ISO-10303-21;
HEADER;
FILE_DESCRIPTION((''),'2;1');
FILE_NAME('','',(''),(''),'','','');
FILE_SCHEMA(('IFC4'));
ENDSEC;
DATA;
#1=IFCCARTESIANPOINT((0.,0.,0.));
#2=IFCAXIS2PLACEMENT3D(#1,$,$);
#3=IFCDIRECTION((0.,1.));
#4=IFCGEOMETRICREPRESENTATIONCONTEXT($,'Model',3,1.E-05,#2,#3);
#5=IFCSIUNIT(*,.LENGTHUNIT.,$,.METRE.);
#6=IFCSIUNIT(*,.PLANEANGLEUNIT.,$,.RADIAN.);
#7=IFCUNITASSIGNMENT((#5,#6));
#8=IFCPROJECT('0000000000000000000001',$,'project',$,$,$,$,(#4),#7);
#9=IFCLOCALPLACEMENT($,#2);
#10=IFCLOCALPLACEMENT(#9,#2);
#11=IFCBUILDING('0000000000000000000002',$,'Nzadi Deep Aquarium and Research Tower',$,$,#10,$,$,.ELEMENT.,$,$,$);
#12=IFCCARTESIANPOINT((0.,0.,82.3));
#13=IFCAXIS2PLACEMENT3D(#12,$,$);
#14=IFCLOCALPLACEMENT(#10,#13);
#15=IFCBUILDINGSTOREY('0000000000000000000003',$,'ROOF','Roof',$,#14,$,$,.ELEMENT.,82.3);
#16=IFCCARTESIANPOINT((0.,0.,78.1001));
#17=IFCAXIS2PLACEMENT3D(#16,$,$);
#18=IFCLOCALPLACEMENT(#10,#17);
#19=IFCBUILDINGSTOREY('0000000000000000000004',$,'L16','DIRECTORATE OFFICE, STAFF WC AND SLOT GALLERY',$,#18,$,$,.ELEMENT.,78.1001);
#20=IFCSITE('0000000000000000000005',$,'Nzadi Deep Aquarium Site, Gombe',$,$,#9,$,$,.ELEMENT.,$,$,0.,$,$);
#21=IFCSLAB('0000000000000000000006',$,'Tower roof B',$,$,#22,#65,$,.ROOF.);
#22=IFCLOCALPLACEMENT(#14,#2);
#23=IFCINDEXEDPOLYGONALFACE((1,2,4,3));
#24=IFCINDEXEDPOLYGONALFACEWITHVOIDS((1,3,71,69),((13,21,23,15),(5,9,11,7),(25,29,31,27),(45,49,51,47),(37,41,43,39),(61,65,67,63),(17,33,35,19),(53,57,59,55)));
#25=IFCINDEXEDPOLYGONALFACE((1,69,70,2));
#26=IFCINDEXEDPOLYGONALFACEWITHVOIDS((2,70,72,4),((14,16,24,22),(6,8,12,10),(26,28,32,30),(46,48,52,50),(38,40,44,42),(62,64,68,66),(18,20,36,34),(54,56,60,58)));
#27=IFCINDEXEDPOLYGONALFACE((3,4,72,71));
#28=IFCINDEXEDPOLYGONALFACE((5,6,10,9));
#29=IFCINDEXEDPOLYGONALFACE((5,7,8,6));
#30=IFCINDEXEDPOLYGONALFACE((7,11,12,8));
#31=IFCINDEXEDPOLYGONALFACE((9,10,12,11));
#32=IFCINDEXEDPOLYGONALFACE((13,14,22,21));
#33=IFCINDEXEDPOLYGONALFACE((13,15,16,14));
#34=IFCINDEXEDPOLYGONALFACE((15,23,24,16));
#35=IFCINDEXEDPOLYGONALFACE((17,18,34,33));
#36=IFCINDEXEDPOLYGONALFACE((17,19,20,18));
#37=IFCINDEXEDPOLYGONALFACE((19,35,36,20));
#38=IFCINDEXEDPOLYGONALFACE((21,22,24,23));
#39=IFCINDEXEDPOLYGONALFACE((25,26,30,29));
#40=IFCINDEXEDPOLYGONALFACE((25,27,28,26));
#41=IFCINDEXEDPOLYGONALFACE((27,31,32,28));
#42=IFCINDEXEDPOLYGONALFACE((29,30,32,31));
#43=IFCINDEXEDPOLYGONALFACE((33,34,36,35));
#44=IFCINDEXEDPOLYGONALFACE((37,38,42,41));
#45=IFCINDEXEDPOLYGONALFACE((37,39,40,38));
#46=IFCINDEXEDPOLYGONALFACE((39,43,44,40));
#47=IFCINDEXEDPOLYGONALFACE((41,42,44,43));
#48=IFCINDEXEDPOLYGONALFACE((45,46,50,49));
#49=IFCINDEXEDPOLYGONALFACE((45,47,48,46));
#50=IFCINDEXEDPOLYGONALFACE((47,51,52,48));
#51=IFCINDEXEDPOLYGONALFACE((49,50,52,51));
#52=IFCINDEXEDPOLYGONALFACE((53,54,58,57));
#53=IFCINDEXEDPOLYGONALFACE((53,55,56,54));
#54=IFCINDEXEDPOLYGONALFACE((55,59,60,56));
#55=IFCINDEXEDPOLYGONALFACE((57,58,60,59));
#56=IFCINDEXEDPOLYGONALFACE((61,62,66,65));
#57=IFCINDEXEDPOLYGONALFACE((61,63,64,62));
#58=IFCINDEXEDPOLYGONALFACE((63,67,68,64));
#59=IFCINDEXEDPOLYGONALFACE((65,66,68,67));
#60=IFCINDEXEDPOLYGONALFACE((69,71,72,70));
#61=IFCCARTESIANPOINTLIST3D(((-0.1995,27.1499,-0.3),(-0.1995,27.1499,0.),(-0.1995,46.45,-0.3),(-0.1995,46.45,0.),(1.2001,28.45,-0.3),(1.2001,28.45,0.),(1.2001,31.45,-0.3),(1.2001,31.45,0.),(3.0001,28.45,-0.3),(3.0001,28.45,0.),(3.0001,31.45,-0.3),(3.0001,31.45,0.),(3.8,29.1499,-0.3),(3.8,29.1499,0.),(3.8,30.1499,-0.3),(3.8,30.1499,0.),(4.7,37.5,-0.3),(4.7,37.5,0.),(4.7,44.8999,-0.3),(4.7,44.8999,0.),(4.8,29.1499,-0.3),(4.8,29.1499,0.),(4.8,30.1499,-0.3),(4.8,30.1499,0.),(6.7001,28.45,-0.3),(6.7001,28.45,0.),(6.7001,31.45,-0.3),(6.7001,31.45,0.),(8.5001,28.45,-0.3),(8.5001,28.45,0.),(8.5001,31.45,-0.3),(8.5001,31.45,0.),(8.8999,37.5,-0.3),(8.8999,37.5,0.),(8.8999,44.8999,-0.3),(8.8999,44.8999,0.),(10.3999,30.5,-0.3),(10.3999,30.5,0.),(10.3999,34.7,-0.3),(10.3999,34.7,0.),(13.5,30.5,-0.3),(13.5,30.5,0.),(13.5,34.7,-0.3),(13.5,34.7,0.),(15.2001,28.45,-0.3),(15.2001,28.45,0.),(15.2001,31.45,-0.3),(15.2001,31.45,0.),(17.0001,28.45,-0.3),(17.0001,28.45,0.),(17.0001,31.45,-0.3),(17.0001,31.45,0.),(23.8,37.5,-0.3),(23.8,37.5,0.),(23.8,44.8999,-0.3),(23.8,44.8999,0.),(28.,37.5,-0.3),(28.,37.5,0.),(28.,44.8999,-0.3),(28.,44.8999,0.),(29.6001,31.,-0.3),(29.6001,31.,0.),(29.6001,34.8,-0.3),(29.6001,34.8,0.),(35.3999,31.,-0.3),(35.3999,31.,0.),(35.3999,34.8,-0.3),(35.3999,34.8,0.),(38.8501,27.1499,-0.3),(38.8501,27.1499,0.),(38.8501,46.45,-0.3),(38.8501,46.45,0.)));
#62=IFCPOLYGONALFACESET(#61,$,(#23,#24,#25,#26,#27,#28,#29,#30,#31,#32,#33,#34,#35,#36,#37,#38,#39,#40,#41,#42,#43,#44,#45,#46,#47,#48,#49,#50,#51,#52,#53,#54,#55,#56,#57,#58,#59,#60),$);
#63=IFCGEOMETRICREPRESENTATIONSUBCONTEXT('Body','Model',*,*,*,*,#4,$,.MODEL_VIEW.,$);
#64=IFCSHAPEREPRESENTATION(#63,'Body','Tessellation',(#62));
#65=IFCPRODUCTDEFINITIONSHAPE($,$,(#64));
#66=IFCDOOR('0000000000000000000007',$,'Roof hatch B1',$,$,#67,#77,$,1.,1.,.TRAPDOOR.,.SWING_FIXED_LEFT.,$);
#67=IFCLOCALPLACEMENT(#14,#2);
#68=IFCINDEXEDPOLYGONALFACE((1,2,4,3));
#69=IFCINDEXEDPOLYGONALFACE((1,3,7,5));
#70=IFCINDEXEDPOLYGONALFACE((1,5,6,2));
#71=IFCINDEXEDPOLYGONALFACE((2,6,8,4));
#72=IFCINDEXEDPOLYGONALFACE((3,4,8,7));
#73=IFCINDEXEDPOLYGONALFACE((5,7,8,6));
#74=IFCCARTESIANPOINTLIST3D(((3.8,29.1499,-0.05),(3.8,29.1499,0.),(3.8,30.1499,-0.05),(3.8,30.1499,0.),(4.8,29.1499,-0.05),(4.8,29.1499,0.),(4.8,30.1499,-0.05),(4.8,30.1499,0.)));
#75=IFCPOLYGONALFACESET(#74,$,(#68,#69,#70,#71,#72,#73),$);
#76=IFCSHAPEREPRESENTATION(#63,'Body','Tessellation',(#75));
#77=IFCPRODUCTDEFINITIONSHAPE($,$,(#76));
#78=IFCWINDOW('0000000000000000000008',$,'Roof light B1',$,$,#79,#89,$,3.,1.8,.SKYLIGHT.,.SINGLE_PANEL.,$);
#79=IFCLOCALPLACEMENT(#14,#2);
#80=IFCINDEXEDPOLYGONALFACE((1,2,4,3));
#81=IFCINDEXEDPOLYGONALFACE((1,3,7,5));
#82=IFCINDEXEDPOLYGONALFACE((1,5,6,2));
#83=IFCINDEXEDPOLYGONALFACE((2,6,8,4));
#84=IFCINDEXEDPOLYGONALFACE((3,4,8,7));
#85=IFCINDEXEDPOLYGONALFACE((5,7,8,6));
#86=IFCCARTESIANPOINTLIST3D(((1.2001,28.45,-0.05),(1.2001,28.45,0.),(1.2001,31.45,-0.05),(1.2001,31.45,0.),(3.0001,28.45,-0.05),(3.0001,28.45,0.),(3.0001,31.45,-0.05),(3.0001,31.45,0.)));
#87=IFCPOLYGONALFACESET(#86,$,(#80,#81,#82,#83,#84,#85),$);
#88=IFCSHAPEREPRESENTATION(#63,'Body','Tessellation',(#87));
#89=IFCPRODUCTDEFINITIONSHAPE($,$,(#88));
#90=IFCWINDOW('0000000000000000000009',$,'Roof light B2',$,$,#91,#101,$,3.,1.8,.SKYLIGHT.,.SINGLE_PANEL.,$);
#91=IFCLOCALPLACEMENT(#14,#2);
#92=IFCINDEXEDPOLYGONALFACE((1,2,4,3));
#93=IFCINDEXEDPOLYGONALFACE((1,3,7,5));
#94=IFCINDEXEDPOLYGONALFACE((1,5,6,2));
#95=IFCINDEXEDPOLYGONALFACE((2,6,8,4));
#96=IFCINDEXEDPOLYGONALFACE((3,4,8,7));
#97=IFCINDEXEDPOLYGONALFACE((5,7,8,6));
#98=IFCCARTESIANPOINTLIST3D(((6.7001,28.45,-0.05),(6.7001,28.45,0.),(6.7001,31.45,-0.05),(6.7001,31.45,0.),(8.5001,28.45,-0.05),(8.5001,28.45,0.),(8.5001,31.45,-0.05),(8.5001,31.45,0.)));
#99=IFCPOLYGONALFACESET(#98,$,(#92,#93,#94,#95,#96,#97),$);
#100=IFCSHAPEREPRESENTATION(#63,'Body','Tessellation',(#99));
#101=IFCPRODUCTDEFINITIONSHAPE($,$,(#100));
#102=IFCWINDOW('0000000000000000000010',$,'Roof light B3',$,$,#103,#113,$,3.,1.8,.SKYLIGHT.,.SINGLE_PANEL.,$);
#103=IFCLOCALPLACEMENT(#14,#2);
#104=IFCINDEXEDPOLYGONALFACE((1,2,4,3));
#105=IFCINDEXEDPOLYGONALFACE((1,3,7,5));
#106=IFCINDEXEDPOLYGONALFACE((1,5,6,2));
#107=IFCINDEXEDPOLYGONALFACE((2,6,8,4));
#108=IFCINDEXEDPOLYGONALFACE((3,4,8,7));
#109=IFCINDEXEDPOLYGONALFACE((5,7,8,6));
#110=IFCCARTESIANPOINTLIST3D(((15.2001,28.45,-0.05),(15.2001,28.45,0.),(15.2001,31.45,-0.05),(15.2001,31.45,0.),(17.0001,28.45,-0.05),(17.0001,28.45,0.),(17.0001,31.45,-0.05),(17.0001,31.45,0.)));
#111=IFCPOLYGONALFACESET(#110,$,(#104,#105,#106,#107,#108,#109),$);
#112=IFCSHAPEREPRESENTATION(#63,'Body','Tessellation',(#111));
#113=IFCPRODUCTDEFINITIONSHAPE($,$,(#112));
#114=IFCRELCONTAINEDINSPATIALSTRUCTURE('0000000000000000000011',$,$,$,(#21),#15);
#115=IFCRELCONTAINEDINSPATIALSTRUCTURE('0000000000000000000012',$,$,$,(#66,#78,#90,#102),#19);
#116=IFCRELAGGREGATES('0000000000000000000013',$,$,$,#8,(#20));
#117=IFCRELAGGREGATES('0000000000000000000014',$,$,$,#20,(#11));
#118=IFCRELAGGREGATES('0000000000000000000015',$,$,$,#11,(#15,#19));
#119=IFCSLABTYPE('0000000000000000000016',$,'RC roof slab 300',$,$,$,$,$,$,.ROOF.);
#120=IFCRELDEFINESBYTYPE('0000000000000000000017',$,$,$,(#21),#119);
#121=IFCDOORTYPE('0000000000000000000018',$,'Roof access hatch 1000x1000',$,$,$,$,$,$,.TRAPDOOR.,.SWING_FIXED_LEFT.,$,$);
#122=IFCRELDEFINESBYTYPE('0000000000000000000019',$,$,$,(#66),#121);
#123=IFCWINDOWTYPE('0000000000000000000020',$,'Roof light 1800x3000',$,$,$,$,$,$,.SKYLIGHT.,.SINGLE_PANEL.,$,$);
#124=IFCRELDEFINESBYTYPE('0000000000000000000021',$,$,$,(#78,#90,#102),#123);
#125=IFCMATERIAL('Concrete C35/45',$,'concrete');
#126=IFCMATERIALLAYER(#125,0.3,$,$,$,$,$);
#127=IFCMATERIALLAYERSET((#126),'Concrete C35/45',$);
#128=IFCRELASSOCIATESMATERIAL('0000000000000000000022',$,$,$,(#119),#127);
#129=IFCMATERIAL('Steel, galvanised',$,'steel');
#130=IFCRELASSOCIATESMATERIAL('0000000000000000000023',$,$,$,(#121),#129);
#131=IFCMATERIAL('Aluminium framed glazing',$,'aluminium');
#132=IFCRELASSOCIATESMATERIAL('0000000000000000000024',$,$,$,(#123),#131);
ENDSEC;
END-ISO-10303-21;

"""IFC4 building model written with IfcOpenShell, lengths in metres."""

from ifc_helpers import new_model, si_unit, direction, frame, origin, origin_2d, place, context, subcontext, project, spatial, polyline, rectangle, outline, extrude, material, layer, layer_set, type_object, element, fill, save


model = new_model("IFC4")

# Units and contexts
model_context = context("Model", 3, precision=1e-05, world=origin(), true_north=direction((0.0, 1.0)))
body_context = subcontext(model_context, "Body", "Model", "MODEL_VIEW")
ifc_project = project(units=[si_unit("LENGTHUNIT", "METRE"), si_unit("PLANEANGLEUNIT", "RADIAN")], contexts=[model_context])

# Site, building, storey
site_placement = place(None, origin())
site = spatial("IfcSite", under=ifc_project, at=site_placement, Name="Nzadi Deep Aquarium Site, Gombe", CompositionType="ELEMENT", RefElevation=0.0)
building_placement = place(site_placement, origin())
building = spatial("IfcBuilding", under=site, at=building_placement, Name="Nzadi Deep Aquarium and Research Tower", CompositionType="ELEMENT")
storey_1_placement = place(building_placement, frame((0.0, 0.0, 82.3)))
storey_1 = spatial("IfcBuildingStorey", under=building, at=storey_1_placement, Name="ROOF", Description="Roof", CompositionType="ELEMENT", Elevation=82.3)

# Shared definitions
ifc_material_1 = material(Name="Concrete C35/45", Category="concrete")
ifc_layer_1 = layer(ifc_material_1, 0.3)
ifc_layer_set_1 = layer_set([ifc_layer_1], Name="Concrete C35/45")
slab_type_1 = type_object("IfcSlabType", Name="RC roof slab 300", PredefinedType="ROOF", material=ifc_layer_set_1)

# Shared definitions
storey_2_placement = place(building_placement, frame((0.0, 0.0, 78.1001)))
storey_2 = spatial("IfcBuildingStorey", under=building, at=storey_2_placement, Name="L16", Description="DIRECTORATE OFFICE, STAFF WC AND SLOT GALLERY", CompositionType="ELEMENT", Elevation=78.1001)

# Shared definitions
ifc_material_2 = material(Name="Steel, galvanised", Category="steel")
door_type = type_object("IfcDoorType", Name="Roof access hatch 1000x1000", OperationType="SWING_FIXED_LEFT", PredefinedType="TRAPDOOR", material=ifc_material_2)

# Shared definitions
ifc_material_3 = material(Name="Aluminium framed glazing", Category="aluminium")
window_type = type_object("IfcWindowType", Name="Roof light 1800x3000", PartitioningType="SINGLE_PANEL", PredefinedType="SKYLIGHT", material=ifc_material_3)

# Slab, openings, door, windows
slab_1_placement = place(storey_1_placement, frame((0.0, 0.0, -0.3)))
slab_1 = element("IfcSlab", 1, at=slab_1_placement, inside=storey_1, type_object=slab_type_1, Name="Tower roof B", PredefinedType="ROOF", context=body_context, shape_type="SweptSolid", body=[
    extrude(outline(polyline([(-0.1995, 27.1499), (38.8501, 27.1499), (38.8501, 46.45), (-0.1995, 46.45), (-0.1995, 27.1499)]), holes=[polyline([(8.8999, 44.8999), (8.8999, 37.5), (4.7, 37.5), (4.7, 44.8999), (8.8999, 44.8999)]), polyline([(28.0, 37.5), (23.8, 37.5), (23.8, 44.8999), (28.0, 44.8999), (28.0, 37.5)]), polyline([(10.3999, 30.5), (10.3999, 34.7), (13.5, 34.7), (13.5, 30.5), (10.3999, 30.5)]), polyline([(29.6001, 34.8), (32.5, 34.8), (35.3999, 34.8), (35.3999, 31.0), (32.5, 31.0), (29.6001, 31.0), (29.6001, 34.8)])]), origin(), (0.0, 0.0, 1.0), 0.3),
])
opening_1_placement = place(slab_1_placement, frame((2.1001, 29.95, 0.0)))
opening_1 = element("IfcOpeningElement", 2, at=opening_1_placement, cuts=slab_1, PredefinedType="OPENING", context=body_context, shape_type="SweptSolid", body=[
    extrude(rectangle(XDim=1.8, YDim=3.0, at=origin_2d()), origin(), (0.0, 0.0, 1.0), 0.3),
])
opening_2_placement = place(slab_1_placement, frame((7.6001, 29.95, 0.0)))
opening_2 = element("IfcOpeningElement", 3, at=opening_2_placement, cuts=slab_1, PredefinedType="OPENING", context=body_context, shape_type="SweptSolid", body=[
    extrude(rectangle(XDim=1.8, YDim=3.0, at=origin_2d()), origin(), (0.0, 0.0, 1.0), 0.3),
])
opening_3_placement = place(slab_1_placement, frame((16.1001, 29.95, 0.0)))
opening_3 = element("IfcOpeningElement", 4, at=opening_3_placement, cuts=slab_1, PredefinedType="OPENING", context=body_context, shape_type="SweptSolid", body=[
    extrude(rectangle(XDim=1.8, YDim=3.0, at=origin_2d()), origin(), (0.0, 0.0, 1.0), 0.3),
])
opening_4_placement = place(slab_1_placement, frame((4.3, 29.6499, 0.0)))
opening_4 = element("IfcOpeningElement", 5, at=opening_4_placement, cuts=slab_1, PredefinedType="OPENING", context=body_context, shape_type="SweptSolid", body=[
    extrude(rectangle(XDim=1.0, YDim=1.0, at=origin_2d()), origin(), (0.0, 0.0, 1.0), 0.3),
])
door_1_placement = place(opening_4_placement, frame((0.0, 0.0, 0.25)))
door_1 = element("IfcDoor", 6, at=door_1_placement, inside=storey_2, type_object=door_type, Name="Roof hatch B1", OperationType="SWING_FIXED_LEFT", OverallHeight=1.0, OverallWidth=1.0, PredefinedType="TRAPDOOR", context=body_context, shape_type="SweptSolid", body=[
    extrude(rectangle(XDim=1.0, YDim=1.0, at=origin_2d()), origin(), (0.0, 0.0, 1.0), 0.05),
])
fill(opening_4, door_1)
window_1_placement = place(opening_1_placement, frame((0.0, 0.0, 0.25)))
window_1 = element("IfcWindow", 7, at=window_1_placement, inside=storey_2, type_object=window_type, Name="Roof light B1", OverallHeight=3.0, OverallWidth=1.8, PartitioningType="SINGLE_PANEL", PredefinedType="SKYLIGHT", context=body_context, shape_type="SweptSolid", body=[
    extrude(rectangle(XDim=1.8, YDim=3.0, at=origin_2d()), origin(), (0.0, 0.0, 1.0), 0.05),
])
fill(opening_1, window_1)
window_2_placement = place(opening_2_placement, frame((0.0, 0.0, 0.25)))
window_2 = element("IfcWindow", 8, at=window_2_placement, inside=storey_2, type_object=window_type, Name="Roof light B2", OverallHeight=3.0, OverallWidth=1.8, PartitioningType="SINGLE_PANEL", PredefinedType="SKYLIGHT", context=body_context, shape_type="SweptSolid", body=[
    extrude(rectangle(XDim=1.8, YDim=3.0, at=origin_2d()), origin(), (0.0, 0.0, 1.0), 0.05),
])
fill(opening_2, window_2)
window_3_placement = place(opening_3_placement, frame((0.0, 0.0, 0.25)))
window_3 = element("IfcWindow", 9, at=window_3_placement, inside=storey_2, type_object=window_type, Name="Roof light B3", OverallHeight=3.0, OverallWidth=1.8, PartitioningType="SINGLE_PANEL", PredefinedType="SKYLIGHT", context=body_context, shape_type="SweptSolid", body=[
    extrude(rectangle(XDim=1.8, YDim=3.0, at=origin_2d()), origin(), (0.0, 0.0, 1.0), 0.05),
])
fill(opening_3, window_3)

save(model, "model.ifc")
